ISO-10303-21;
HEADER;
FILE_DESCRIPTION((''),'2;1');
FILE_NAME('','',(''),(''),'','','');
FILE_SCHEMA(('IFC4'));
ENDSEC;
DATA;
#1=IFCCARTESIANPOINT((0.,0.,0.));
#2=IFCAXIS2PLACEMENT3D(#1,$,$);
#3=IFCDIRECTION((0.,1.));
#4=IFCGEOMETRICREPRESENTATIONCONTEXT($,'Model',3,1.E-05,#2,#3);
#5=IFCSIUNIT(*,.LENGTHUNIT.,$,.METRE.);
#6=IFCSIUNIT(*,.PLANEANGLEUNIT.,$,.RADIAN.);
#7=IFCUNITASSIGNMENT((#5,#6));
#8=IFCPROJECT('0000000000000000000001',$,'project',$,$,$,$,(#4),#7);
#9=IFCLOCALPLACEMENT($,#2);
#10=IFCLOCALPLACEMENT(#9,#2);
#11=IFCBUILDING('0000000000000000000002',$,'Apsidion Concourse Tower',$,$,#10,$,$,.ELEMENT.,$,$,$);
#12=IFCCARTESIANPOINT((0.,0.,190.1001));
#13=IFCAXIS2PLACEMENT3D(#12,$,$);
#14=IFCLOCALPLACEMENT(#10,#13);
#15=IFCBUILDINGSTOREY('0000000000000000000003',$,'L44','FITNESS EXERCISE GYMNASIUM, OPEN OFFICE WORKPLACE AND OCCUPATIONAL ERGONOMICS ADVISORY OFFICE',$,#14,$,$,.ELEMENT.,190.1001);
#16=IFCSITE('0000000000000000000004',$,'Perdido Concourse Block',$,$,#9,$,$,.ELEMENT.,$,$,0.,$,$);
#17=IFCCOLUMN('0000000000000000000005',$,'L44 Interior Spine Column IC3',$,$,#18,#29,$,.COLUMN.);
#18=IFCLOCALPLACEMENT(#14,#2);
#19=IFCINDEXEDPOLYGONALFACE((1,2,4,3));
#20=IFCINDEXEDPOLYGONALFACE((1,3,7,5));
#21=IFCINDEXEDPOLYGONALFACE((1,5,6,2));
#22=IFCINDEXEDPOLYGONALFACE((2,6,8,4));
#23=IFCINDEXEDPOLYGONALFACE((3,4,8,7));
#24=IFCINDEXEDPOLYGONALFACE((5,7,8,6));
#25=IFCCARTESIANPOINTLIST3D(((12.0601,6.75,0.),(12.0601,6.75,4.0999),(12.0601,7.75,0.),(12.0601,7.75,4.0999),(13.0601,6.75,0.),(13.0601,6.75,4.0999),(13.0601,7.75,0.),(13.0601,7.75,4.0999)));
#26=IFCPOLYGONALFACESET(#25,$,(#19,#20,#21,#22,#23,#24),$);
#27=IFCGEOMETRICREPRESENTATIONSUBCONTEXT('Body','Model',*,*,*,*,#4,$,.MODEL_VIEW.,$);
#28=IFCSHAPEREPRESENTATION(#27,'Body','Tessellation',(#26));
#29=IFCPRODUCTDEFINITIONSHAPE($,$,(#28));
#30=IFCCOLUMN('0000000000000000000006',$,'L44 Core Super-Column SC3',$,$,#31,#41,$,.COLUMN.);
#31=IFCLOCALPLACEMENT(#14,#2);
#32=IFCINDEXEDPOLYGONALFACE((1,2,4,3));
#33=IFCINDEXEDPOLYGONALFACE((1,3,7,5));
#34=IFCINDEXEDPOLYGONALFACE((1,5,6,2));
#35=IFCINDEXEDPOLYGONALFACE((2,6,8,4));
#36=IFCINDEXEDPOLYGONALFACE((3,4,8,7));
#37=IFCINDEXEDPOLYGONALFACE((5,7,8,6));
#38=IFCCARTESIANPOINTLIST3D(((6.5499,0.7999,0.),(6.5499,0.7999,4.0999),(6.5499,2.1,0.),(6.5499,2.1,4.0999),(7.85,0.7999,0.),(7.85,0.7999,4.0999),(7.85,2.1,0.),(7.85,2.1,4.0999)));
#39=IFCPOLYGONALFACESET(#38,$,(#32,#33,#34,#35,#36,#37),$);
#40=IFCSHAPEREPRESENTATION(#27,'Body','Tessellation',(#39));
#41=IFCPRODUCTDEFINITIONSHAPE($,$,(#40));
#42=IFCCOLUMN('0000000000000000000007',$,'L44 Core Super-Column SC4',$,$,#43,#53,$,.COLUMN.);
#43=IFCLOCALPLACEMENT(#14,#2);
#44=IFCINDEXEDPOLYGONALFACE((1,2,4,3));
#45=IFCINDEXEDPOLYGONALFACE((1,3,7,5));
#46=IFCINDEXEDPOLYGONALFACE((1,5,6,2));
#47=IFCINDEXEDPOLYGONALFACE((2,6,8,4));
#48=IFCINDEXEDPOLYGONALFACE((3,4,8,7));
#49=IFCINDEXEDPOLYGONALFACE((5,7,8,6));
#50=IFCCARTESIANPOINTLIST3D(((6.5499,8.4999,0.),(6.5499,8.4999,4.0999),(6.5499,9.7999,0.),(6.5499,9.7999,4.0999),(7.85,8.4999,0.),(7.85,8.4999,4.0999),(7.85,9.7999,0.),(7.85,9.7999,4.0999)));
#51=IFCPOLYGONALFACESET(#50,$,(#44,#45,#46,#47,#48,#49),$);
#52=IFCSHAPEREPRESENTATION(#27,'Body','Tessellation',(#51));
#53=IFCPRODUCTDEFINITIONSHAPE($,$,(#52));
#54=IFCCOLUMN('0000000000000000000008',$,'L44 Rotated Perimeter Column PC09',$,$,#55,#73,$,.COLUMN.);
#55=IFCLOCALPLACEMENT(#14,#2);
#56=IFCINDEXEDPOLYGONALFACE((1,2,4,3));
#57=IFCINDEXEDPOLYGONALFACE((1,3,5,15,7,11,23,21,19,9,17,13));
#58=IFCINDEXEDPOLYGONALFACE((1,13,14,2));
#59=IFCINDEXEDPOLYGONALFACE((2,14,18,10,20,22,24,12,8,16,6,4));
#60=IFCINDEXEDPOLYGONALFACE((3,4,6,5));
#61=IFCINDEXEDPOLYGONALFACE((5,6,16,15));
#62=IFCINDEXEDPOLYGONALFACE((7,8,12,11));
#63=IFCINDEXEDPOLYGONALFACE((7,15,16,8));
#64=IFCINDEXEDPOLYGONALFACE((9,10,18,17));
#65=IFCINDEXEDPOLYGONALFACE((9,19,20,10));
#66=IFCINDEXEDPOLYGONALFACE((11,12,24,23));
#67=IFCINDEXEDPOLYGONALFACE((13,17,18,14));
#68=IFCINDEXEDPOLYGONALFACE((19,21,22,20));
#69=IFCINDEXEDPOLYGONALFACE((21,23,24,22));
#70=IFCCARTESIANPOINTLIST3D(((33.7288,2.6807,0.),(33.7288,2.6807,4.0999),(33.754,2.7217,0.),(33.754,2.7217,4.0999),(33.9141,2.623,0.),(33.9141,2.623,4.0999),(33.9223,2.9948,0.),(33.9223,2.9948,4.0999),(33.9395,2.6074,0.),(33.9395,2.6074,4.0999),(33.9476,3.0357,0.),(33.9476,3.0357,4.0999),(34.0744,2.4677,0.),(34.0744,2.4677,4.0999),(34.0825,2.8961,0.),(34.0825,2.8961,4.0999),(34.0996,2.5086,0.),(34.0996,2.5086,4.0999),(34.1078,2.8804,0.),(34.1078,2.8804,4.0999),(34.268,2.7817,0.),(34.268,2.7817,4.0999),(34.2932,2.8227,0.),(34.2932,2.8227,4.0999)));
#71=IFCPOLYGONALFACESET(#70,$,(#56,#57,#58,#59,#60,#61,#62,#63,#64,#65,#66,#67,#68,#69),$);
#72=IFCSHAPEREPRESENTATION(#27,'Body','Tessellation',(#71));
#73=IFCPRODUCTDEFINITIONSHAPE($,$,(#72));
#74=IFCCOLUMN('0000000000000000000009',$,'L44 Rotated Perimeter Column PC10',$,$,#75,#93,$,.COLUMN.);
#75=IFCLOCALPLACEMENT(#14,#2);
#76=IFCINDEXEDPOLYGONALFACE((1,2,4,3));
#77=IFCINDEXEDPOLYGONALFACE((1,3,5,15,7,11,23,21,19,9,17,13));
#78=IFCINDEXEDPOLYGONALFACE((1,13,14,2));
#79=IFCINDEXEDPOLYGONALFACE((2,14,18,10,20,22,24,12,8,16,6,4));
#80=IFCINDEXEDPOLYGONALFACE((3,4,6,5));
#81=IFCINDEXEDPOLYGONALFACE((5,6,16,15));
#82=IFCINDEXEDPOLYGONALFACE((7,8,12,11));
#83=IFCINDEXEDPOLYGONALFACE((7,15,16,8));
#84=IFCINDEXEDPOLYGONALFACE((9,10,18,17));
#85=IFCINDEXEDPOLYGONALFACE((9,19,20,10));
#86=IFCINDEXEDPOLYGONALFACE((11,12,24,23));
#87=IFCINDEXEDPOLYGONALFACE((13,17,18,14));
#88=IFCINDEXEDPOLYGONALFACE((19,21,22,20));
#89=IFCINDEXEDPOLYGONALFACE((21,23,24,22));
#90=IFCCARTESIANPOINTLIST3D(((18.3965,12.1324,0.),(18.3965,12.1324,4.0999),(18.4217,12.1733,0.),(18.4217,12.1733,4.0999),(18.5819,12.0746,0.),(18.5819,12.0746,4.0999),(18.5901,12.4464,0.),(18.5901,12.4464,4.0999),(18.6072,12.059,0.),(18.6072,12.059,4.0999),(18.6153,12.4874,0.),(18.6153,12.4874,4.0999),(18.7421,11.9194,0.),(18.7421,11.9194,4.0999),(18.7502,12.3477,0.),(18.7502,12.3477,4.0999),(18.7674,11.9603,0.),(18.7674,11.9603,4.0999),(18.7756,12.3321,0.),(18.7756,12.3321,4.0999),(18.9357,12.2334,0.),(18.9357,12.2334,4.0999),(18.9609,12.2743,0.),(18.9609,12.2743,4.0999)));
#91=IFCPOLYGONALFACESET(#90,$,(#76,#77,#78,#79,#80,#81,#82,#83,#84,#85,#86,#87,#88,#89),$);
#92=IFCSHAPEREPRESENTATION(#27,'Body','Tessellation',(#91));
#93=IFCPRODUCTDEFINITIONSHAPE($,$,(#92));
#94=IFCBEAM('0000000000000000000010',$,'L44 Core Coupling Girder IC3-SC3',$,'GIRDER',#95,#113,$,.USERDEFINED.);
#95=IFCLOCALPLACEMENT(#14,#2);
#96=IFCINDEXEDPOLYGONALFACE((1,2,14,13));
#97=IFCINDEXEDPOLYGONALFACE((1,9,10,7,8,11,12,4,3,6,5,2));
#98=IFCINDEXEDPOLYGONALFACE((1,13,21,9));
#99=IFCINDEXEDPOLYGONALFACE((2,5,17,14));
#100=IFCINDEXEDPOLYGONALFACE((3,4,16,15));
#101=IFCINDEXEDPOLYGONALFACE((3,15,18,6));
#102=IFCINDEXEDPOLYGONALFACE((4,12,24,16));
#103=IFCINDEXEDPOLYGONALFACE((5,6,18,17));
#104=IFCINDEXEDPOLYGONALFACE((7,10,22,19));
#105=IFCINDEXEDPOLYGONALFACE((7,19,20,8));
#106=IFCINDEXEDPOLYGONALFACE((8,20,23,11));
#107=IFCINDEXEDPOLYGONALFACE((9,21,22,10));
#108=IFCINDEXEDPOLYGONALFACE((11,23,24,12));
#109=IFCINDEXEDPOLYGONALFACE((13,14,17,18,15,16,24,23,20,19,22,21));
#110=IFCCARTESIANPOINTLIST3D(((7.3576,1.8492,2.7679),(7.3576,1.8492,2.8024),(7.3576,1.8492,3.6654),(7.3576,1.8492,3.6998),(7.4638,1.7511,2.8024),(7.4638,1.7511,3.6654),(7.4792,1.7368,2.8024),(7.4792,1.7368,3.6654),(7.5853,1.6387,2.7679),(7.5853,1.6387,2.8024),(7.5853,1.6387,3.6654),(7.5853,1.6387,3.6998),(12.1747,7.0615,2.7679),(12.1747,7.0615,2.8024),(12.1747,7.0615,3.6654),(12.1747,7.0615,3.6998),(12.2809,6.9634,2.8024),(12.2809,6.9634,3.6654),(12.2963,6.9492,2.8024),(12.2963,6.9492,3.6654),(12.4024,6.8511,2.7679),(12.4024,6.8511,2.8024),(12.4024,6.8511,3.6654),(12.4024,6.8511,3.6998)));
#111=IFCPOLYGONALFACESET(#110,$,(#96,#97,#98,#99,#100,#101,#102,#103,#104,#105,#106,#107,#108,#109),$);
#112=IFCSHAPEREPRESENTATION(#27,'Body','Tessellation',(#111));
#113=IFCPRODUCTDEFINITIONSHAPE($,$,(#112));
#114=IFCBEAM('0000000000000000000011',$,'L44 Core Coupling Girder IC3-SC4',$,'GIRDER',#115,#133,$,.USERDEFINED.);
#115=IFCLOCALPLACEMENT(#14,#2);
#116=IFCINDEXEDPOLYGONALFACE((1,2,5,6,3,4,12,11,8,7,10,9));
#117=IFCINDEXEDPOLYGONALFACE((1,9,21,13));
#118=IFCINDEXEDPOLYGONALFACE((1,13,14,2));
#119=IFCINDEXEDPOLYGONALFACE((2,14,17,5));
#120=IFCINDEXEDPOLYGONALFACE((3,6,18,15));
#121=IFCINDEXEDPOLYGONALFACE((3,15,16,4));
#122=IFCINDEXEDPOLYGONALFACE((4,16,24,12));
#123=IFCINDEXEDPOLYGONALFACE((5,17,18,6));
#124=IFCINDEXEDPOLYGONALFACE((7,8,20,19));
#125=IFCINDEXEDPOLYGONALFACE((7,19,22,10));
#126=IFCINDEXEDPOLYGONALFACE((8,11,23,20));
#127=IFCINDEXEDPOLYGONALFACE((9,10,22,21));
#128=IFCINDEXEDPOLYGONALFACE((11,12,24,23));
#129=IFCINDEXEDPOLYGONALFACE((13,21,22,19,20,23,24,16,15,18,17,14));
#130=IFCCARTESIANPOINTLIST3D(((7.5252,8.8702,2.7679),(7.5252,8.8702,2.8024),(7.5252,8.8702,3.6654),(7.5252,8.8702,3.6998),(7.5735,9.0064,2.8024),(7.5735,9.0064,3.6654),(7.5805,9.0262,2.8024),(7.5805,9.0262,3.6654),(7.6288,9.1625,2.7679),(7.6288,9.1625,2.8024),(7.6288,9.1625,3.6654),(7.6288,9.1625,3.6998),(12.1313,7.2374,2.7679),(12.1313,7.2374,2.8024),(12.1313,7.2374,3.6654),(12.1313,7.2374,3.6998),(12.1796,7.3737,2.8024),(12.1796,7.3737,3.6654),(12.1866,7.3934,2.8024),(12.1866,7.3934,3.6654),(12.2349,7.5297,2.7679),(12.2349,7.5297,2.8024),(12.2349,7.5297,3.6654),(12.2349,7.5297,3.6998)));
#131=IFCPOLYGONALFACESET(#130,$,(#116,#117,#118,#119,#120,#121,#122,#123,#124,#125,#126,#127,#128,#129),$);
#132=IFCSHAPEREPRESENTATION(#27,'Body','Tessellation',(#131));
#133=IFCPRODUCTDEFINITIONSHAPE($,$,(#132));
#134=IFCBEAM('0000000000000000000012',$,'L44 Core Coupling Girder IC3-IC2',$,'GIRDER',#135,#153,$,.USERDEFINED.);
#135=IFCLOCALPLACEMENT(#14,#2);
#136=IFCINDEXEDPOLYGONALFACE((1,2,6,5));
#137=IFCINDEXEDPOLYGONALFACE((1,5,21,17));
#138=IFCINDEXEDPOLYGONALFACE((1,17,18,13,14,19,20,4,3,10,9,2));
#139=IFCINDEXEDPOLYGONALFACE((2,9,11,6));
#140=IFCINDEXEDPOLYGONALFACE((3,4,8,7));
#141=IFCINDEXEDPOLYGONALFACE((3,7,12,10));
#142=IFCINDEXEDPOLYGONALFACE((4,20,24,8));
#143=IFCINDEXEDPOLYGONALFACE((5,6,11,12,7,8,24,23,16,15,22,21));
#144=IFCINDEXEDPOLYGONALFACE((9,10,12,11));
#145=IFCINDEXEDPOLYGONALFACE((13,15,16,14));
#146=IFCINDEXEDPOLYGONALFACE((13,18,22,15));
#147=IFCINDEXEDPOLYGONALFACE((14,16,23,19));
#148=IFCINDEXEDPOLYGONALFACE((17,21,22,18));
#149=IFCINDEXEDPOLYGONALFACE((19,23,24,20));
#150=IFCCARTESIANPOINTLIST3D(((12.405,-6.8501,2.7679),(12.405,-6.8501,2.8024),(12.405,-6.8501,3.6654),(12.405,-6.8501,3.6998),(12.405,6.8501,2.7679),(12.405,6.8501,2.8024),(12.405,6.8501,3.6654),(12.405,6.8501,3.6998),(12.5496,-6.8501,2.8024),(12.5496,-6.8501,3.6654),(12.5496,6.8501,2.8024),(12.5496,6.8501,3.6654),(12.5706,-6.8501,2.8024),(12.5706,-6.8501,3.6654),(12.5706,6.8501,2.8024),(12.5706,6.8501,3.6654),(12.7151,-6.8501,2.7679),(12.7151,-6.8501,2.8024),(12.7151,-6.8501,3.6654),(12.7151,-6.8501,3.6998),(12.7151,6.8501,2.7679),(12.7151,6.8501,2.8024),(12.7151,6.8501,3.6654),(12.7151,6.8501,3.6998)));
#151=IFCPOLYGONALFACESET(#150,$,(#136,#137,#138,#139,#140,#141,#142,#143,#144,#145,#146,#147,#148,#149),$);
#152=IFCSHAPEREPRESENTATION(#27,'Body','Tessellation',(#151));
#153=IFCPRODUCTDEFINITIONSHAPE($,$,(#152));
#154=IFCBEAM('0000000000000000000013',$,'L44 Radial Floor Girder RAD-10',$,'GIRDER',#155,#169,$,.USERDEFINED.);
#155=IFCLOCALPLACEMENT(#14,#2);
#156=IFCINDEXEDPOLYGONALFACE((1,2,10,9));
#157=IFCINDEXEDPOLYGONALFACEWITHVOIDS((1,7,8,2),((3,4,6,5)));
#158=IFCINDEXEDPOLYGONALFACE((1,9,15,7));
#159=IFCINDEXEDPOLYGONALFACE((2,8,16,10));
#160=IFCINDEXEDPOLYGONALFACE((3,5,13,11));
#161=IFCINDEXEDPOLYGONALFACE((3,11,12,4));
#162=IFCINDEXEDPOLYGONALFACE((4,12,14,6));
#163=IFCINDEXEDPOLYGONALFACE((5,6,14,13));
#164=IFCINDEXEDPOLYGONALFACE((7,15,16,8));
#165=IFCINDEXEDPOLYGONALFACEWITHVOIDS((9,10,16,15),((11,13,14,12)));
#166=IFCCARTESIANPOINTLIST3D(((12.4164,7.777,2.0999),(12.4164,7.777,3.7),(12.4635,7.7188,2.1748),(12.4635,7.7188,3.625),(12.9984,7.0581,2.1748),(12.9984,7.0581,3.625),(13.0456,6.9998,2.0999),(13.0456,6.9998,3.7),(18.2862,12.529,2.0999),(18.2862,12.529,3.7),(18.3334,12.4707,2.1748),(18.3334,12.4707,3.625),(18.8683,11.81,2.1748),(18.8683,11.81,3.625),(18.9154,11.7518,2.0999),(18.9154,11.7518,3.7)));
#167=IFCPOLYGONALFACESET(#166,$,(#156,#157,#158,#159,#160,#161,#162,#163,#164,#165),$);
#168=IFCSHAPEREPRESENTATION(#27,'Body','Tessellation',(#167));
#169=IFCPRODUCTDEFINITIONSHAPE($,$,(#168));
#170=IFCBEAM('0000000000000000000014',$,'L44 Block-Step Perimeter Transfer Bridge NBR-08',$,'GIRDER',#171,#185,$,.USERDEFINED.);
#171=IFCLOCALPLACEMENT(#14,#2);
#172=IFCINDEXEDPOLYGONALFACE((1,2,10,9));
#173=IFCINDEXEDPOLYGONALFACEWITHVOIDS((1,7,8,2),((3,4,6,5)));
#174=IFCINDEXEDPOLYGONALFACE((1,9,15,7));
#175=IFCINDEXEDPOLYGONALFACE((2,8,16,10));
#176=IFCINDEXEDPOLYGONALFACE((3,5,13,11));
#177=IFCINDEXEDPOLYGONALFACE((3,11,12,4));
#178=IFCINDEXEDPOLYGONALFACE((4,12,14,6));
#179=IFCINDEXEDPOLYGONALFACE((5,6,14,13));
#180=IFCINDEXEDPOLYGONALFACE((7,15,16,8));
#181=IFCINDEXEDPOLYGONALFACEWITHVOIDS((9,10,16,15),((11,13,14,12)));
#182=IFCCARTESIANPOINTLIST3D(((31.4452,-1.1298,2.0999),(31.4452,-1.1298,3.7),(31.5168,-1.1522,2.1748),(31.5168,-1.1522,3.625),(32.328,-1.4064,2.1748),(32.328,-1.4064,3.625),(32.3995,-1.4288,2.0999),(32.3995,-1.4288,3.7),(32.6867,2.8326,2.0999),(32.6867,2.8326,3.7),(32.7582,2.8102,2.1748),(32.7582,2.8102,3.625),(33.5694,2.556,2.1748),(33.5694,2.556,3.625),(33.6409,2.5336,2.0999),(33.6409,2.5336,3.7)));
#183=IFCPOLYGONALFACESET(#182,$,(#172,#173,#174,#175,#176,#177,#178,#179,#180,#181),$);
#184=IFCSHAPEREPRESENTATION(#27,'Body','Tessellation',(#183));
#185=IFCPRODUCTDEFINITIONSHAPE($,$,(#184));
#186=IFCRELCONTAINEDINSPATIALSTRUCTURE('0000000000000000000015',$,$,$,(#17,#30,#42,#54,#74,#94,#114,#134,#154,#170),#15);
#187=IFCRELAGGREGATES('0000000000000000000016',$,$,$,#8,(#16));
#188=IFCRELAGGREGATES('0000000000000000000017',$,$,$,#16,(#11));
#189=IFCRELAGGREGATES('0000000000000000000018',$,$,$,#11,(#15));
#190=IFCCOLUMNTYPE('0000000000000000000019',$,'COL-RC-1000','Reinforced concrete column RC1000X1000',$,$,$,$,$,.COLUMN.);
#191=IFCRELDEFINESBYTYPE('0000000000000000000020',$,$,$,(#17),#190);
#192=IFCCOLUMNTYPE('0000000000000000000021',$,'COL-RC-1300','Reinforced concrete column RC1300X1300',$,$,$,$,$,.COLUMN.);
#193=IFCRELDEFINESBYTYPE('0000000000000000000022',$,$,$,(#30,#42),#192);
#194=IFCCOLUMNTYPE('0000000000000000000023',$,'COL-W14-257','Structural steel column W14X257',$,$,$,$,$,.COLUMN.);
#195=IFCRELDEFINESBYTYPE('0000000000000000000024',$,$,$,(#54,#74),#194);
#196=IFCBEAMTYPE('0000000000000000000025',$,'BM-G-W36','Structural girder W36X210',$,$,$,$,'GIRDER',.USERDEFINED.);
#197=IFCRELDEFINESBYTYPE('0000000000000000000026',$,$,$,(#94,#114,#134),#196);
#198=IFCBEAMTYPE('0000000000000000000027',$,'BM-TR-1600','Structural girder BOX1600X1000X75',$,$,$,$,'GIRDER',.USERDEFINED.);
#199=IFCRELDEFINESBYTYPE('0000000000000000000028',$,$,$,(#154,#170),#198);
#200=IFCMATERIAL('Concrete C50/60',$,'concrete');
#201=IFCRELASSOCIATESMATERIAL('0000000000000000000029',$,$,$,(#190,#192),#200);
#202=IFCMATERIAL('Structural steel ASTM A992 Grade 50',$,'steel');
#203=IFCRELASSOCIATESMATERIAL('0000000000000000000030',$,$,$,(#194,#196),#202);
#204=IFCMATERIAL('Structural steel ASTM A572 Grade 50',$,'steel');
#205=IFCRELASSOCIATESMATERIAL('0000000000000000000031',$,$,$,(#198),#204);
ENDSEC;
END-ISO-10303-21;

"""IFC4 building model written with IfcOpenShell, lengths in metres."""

from ifc_helpers import new_model, si_unit, direction, frame, origin, origin_2d, place, context, subcontext, project, spatial, rectangle, hollow_rectangle, i_section, extrude, material, material_profile, profile_set, type_object, element, save


model = new_model("IFC4")

# Units and contexts
model_context = context("Model", 3, precision=1e-05, world=origin(), true_north=direction((0.0, 1.0)))
body_context = subcontext(model_context, "Body", "Model", "MODEL_VIEW")
ifc_project = project(units=[si_unit("LENGTHUNIT", "METRE"), si_unit("PLANEANGLEUNIT", "RADIAN")], contexts=[model_context])

# Site, building, storey
site_placement = place(None, origin())
site = spatial("IfcSite", under=ifc_project, at=site_placement, Name="Perdido Concourse Block", CompositionType="ELEMENT", RefElevation=0.0)
building_placement = place(site_placement, origin())
building = spatial("IfcBuilding", under=site, at=building_placement, Name="Apsidion Concourse Tower", CompositionType="ELEMENT")
storey_placement = place(building_placement, frame((0.0, 0.0, 190.1001)))
storey = spatial("IfcBuildingStorey", under=building, at=storey_placement, Name="L44", Description="FITNESS EXERCISE GYMNASIUM, OPEN OFFICE WORKPLACE AND OCCUPATIONAL ERGONOMICS ADVISORY OFFICE", CompositionType="ELEMENT", Elevation=190.1001)

# Columns
ifc_material_1 = material(Name="Concrete C50/60", Category="concrete")
ifc_material_profile_1 = material_profile(ifc_material_1, rectangle(XDim=1.0, YDim=1.0, at=origin_2d()), Name="RC 1000x1000")
ifc_profile_set_1 = profile_set([ifc_material_profile_1], Name="Concrete C50/60")
column_type_1 = type_object("IfcColumnType", Name="COL-RC-1000", Description="Reinforced concrete column RC1000X1000", PredefinedType="COLUMN", material=ifc_profile_set_1)
column_placement = place(storey_placement, frame((12.5601, 7.25, 0.0), z_axis=(0.0, 0.0, 1.0), x_axis=(1.0, 0.0, 0.0)))
element("IfcColumn", 1, at=column_placement, inside=storey, type_object=column_type_1, Name="L44 Interior Spine Column IC3", PredefinedType="COLUMN", context=body_context, shape_type="SweptSolid", body=[
    extrude(rectangle(XDim=1.0, YDim=1.0, at=origin_2d()), origin(), (0.0, 0.0, 1.0), 4.0999),
])
ifc_material_profile_2 = material_profile(ifc_material_1, rectangle(XDim=1.3, YDim=1.3, at=origin_2d()), Name="RC 1300x1300")
ifc_profile_set_2 = profile_set([ifc_material_profile_2], Name="Concrete C50/60")
column_type_2 = type_object("IfcColumnType", Name="COL-RC-1300", Description="Reinforced concrete column RC1300X1300", PredefinedType="COLUMN", material=ifc_profile_set_2)
for number, where, z_axis, x_axis, name in (
    (2, (7.2, 1.45, 0.0), (0.0, 0.0, 1.0), (1.0, 0.0, 0.0), "L44 Core Super-Column SC3"),
    (3, (7.2, 9.1499, 0.0), (0.0, 0.0, 1.0), (1.0, 0.0, 0.0), "L44 Core Super-Column SC4"),
):
    element("IfcColumn", number, at=place(storey_placement, frame(where, z_axis=z_axis, x_axis=x_axis)), inside=storey, type_object=column_type_2, Name=name, PredefinedType="COLUMN", context=body_context, shape_type="SweptSolid", body=[
        extrude(rectangle(XDim=1.3, YDim=1.3, at=origin_2d()), origin(), (0.0, 0.0, 1.0), 4.0999),
    ])
ifc_material_2 = material(Name="Structural steel ASTM A992 Grade 50", Category="steel")
ifc_material_profile_3 = material_profile(ifc_material_2, i_section(OverallWidth=0.406, OverallDepth=0.417, WebThickness=0.0298, FlangeThickness=0.0481, at=origin_2d()), Name="W14X257")
ifc_profile_set_3 = profile_set([ifc_material_profile_3], Name="Structural steel ASTM A992 Grade 50")
column_type_3 = type_object("IfcColumnType", Name="COL-W14-257", Description="Structural steel column W14X257", PredefinedType="COLUMN", material=ifc_profile_set_3)
for number, where, z_axis, x_axis, name in (
    (4, (34.011, 2.7517, 0.0), (0.0, 0.0, 1.0), (-0.851269, 0.524729, 0.0), "L44 Rotated Perimeter Column PC09"),
    (5, (18.6787, 12.2034, 0.0), (0.0, 0.0, 1.0), (-0.851269, 0.524729, 0.0), "L44 Rotated Perimeter Column PC10"),
):
    element("IfcColumn", number, at=place(storey_placement, frame(where, z_axis=z_axis, x_axis=x_axis)), inside=storey, type_object=column_type_3, Name=name, PredefinedType="COLUMN", context=body_context, shape_type="SweptSolid", body=[
        extrude(i_section(OverallWidth=0.406, OverallDepth=0.417, WebThickness=0.0298, FlangeThickness=0.0481, at=origin_2d()), origin(), (0.0, 0.0, 1.0), 4.0999),
    ])

# Beams
ifc_material_profile_4 = material_profile(ifc_material_2, i_section(OverallWidth=0.3101, OverallDepth=0.9319, WebThickness=0.021, FlangeThickness=0.0344, at=origin_2d()), Name="W36X210")
ifc_profile_set_4 = profile_set([ifc_material_profile_4], Name="Structural steel ASTM A992 Grade 50")
beam_type_1 = type_object("IfcBeamType", Name="BM-G-W36", Description="Structural girder W36X210", ElementType="GIRDER", PredefinedType="USERDEFINED", material=ifc_profile_set_4)
beam_1_placement = place(storey_placement, frame((12.2886, 6.9563, 3.2339), z_axis=(-0.678713, -0.734404, 0.0), x_axis=(0.734404, -0.678713, 0.0)))
element("IfcBeam", 6, at=beam_1_placement, inside=storey, type_object=beam_type_1, Name="L44 Core Coupling Girder IC3-SC3", ObjectType="GIRDER", PredefinedType="USERDEFINED", context=body_context, shape_type="SweptSolid", body=[
    extrude(i_section(OverallWidth=0.3101, OverallDepth=0.9319, WebThickness=0.021, FlangeThickness=0.0344, at=origin_2d()), origin(), (0.0, 0.0, 1.0), 7.0974),
])
beam_2_placement = place(storey_placement, frame((12.1831, 7.3835, 3.2339), z_axis=(-0.942534, 0.334111, 0.0), x_axis=(-0.334111, -0.942534, 0.0)))
element("IfcBeam", 7, at=beam_2_placement, inside=storey, type_object=beam_type_1, Name="L44 Core Coupling Girder IC3-SC4", ObjectType="GIRDER", PredefinedType="USERDEFINED", context=body_context, shape_type="SweptSolid", body=[
    extrude(i_section(OverallWidth=0.3101, OverallDepth=0.9319, WebThickness=0.021, FlangeThickness=0.0344, at=origin_2d()), origin(), (0.0, 0.0, 1.0), 4.887),
])
beam_3_placement = place(storey_placement, frame((12.5601, 6.8501, 3.2339), z_axis=(0.0, -1.0, 0.0), x_axis=(1.0, 0.0, 0.0)))
element("IfcBeam", 8, at=beam_3_placement, inside=storey, type_object=beam_type_1, Name="L44 Core Coupling Girder IC3-IC2", ObjectType="GIRDER", PredefinedType="USERDEFINED", context=body_context, shape_type="SweptSolid", body=[
    extrude(i_section(OverallWidth=0.3101, OverallDepth=0.9319, WebThickness=0.021, FlangeThickness=0.0344, at=origin_2d()), origin(), (0.0, 0.0, 1.0), 13.7002),
])
ifc_material_3 = material(Name="Structural steel ASTM A572 Grade 50", Category="steel")
ifc_material_profile_5 = material_profile(ifc_material_3, hollow_rectangle(XDim=1.0, YDim=1.6001, WallThickness=0.075, at=origin_2d()), Name="BOX1600X1000X75")
ifc_profile_set_5 = profile_set([ifc_material_profile_5], Name="Structural steel ASTM A572 Grade 50")
beam_type_2 = type_object("IfcBeamType", Name="BM-TR-1600", Description="Structural girder BOX1600X1000X75", ElementType="GIRDER", PredefinedType="USERDEFINED", material=ifc_profile_set_5)
beam_4_placement = place(storey_placement, frame((12.731, 7.3884, 2.8999), z_axis=(0.777235, 0.62921, 0.0), x_axis=(-0.62921, 0.777235, 0.0)))
element("IfcBeam", 9, at=beam_4_placement, inside=storey, type_object=beam_type_2, Name="L44 Radial Floor Girder RAD-10", ObjectType="GIRDER", PredefinedType="USERDEFINED", context=body_context, shape_type="SweptSolid", body=[
    extrude(hollow_rectangle(XDim=1.0, YDim=1.6001, WallThickness=0.075, at=origin_2d()), origin(), (0.0, 0.0, 1.0), 7.5522),
])
beam_5_placement = place(storey_placement, frame((33.1638, 2.6831, 2.8999), z_axis=(-0.298978, -0.95426, 0.0), x_axis=(0.95426, -0.298978, 0.0)))
element("IfcBeam", 10, at=beam_5_placement, inside=storey, type_object=beam_type_2, Name="L44 Block-Step Perimeter Transfer Bridge NBR-08", ObjectType="GIRDER", PredefinedType="USERDEFINED", context=body_context, shape_type="SweptSolid", body=[
    extrude(hollow_rectangle(XDim=1.0, YDim=1.6001, WallThickness=0.075, at=origin_2d()), origin(), (0.0, 0.0, 1.0), 4.1523),
])

save(model, "model.ifc")
